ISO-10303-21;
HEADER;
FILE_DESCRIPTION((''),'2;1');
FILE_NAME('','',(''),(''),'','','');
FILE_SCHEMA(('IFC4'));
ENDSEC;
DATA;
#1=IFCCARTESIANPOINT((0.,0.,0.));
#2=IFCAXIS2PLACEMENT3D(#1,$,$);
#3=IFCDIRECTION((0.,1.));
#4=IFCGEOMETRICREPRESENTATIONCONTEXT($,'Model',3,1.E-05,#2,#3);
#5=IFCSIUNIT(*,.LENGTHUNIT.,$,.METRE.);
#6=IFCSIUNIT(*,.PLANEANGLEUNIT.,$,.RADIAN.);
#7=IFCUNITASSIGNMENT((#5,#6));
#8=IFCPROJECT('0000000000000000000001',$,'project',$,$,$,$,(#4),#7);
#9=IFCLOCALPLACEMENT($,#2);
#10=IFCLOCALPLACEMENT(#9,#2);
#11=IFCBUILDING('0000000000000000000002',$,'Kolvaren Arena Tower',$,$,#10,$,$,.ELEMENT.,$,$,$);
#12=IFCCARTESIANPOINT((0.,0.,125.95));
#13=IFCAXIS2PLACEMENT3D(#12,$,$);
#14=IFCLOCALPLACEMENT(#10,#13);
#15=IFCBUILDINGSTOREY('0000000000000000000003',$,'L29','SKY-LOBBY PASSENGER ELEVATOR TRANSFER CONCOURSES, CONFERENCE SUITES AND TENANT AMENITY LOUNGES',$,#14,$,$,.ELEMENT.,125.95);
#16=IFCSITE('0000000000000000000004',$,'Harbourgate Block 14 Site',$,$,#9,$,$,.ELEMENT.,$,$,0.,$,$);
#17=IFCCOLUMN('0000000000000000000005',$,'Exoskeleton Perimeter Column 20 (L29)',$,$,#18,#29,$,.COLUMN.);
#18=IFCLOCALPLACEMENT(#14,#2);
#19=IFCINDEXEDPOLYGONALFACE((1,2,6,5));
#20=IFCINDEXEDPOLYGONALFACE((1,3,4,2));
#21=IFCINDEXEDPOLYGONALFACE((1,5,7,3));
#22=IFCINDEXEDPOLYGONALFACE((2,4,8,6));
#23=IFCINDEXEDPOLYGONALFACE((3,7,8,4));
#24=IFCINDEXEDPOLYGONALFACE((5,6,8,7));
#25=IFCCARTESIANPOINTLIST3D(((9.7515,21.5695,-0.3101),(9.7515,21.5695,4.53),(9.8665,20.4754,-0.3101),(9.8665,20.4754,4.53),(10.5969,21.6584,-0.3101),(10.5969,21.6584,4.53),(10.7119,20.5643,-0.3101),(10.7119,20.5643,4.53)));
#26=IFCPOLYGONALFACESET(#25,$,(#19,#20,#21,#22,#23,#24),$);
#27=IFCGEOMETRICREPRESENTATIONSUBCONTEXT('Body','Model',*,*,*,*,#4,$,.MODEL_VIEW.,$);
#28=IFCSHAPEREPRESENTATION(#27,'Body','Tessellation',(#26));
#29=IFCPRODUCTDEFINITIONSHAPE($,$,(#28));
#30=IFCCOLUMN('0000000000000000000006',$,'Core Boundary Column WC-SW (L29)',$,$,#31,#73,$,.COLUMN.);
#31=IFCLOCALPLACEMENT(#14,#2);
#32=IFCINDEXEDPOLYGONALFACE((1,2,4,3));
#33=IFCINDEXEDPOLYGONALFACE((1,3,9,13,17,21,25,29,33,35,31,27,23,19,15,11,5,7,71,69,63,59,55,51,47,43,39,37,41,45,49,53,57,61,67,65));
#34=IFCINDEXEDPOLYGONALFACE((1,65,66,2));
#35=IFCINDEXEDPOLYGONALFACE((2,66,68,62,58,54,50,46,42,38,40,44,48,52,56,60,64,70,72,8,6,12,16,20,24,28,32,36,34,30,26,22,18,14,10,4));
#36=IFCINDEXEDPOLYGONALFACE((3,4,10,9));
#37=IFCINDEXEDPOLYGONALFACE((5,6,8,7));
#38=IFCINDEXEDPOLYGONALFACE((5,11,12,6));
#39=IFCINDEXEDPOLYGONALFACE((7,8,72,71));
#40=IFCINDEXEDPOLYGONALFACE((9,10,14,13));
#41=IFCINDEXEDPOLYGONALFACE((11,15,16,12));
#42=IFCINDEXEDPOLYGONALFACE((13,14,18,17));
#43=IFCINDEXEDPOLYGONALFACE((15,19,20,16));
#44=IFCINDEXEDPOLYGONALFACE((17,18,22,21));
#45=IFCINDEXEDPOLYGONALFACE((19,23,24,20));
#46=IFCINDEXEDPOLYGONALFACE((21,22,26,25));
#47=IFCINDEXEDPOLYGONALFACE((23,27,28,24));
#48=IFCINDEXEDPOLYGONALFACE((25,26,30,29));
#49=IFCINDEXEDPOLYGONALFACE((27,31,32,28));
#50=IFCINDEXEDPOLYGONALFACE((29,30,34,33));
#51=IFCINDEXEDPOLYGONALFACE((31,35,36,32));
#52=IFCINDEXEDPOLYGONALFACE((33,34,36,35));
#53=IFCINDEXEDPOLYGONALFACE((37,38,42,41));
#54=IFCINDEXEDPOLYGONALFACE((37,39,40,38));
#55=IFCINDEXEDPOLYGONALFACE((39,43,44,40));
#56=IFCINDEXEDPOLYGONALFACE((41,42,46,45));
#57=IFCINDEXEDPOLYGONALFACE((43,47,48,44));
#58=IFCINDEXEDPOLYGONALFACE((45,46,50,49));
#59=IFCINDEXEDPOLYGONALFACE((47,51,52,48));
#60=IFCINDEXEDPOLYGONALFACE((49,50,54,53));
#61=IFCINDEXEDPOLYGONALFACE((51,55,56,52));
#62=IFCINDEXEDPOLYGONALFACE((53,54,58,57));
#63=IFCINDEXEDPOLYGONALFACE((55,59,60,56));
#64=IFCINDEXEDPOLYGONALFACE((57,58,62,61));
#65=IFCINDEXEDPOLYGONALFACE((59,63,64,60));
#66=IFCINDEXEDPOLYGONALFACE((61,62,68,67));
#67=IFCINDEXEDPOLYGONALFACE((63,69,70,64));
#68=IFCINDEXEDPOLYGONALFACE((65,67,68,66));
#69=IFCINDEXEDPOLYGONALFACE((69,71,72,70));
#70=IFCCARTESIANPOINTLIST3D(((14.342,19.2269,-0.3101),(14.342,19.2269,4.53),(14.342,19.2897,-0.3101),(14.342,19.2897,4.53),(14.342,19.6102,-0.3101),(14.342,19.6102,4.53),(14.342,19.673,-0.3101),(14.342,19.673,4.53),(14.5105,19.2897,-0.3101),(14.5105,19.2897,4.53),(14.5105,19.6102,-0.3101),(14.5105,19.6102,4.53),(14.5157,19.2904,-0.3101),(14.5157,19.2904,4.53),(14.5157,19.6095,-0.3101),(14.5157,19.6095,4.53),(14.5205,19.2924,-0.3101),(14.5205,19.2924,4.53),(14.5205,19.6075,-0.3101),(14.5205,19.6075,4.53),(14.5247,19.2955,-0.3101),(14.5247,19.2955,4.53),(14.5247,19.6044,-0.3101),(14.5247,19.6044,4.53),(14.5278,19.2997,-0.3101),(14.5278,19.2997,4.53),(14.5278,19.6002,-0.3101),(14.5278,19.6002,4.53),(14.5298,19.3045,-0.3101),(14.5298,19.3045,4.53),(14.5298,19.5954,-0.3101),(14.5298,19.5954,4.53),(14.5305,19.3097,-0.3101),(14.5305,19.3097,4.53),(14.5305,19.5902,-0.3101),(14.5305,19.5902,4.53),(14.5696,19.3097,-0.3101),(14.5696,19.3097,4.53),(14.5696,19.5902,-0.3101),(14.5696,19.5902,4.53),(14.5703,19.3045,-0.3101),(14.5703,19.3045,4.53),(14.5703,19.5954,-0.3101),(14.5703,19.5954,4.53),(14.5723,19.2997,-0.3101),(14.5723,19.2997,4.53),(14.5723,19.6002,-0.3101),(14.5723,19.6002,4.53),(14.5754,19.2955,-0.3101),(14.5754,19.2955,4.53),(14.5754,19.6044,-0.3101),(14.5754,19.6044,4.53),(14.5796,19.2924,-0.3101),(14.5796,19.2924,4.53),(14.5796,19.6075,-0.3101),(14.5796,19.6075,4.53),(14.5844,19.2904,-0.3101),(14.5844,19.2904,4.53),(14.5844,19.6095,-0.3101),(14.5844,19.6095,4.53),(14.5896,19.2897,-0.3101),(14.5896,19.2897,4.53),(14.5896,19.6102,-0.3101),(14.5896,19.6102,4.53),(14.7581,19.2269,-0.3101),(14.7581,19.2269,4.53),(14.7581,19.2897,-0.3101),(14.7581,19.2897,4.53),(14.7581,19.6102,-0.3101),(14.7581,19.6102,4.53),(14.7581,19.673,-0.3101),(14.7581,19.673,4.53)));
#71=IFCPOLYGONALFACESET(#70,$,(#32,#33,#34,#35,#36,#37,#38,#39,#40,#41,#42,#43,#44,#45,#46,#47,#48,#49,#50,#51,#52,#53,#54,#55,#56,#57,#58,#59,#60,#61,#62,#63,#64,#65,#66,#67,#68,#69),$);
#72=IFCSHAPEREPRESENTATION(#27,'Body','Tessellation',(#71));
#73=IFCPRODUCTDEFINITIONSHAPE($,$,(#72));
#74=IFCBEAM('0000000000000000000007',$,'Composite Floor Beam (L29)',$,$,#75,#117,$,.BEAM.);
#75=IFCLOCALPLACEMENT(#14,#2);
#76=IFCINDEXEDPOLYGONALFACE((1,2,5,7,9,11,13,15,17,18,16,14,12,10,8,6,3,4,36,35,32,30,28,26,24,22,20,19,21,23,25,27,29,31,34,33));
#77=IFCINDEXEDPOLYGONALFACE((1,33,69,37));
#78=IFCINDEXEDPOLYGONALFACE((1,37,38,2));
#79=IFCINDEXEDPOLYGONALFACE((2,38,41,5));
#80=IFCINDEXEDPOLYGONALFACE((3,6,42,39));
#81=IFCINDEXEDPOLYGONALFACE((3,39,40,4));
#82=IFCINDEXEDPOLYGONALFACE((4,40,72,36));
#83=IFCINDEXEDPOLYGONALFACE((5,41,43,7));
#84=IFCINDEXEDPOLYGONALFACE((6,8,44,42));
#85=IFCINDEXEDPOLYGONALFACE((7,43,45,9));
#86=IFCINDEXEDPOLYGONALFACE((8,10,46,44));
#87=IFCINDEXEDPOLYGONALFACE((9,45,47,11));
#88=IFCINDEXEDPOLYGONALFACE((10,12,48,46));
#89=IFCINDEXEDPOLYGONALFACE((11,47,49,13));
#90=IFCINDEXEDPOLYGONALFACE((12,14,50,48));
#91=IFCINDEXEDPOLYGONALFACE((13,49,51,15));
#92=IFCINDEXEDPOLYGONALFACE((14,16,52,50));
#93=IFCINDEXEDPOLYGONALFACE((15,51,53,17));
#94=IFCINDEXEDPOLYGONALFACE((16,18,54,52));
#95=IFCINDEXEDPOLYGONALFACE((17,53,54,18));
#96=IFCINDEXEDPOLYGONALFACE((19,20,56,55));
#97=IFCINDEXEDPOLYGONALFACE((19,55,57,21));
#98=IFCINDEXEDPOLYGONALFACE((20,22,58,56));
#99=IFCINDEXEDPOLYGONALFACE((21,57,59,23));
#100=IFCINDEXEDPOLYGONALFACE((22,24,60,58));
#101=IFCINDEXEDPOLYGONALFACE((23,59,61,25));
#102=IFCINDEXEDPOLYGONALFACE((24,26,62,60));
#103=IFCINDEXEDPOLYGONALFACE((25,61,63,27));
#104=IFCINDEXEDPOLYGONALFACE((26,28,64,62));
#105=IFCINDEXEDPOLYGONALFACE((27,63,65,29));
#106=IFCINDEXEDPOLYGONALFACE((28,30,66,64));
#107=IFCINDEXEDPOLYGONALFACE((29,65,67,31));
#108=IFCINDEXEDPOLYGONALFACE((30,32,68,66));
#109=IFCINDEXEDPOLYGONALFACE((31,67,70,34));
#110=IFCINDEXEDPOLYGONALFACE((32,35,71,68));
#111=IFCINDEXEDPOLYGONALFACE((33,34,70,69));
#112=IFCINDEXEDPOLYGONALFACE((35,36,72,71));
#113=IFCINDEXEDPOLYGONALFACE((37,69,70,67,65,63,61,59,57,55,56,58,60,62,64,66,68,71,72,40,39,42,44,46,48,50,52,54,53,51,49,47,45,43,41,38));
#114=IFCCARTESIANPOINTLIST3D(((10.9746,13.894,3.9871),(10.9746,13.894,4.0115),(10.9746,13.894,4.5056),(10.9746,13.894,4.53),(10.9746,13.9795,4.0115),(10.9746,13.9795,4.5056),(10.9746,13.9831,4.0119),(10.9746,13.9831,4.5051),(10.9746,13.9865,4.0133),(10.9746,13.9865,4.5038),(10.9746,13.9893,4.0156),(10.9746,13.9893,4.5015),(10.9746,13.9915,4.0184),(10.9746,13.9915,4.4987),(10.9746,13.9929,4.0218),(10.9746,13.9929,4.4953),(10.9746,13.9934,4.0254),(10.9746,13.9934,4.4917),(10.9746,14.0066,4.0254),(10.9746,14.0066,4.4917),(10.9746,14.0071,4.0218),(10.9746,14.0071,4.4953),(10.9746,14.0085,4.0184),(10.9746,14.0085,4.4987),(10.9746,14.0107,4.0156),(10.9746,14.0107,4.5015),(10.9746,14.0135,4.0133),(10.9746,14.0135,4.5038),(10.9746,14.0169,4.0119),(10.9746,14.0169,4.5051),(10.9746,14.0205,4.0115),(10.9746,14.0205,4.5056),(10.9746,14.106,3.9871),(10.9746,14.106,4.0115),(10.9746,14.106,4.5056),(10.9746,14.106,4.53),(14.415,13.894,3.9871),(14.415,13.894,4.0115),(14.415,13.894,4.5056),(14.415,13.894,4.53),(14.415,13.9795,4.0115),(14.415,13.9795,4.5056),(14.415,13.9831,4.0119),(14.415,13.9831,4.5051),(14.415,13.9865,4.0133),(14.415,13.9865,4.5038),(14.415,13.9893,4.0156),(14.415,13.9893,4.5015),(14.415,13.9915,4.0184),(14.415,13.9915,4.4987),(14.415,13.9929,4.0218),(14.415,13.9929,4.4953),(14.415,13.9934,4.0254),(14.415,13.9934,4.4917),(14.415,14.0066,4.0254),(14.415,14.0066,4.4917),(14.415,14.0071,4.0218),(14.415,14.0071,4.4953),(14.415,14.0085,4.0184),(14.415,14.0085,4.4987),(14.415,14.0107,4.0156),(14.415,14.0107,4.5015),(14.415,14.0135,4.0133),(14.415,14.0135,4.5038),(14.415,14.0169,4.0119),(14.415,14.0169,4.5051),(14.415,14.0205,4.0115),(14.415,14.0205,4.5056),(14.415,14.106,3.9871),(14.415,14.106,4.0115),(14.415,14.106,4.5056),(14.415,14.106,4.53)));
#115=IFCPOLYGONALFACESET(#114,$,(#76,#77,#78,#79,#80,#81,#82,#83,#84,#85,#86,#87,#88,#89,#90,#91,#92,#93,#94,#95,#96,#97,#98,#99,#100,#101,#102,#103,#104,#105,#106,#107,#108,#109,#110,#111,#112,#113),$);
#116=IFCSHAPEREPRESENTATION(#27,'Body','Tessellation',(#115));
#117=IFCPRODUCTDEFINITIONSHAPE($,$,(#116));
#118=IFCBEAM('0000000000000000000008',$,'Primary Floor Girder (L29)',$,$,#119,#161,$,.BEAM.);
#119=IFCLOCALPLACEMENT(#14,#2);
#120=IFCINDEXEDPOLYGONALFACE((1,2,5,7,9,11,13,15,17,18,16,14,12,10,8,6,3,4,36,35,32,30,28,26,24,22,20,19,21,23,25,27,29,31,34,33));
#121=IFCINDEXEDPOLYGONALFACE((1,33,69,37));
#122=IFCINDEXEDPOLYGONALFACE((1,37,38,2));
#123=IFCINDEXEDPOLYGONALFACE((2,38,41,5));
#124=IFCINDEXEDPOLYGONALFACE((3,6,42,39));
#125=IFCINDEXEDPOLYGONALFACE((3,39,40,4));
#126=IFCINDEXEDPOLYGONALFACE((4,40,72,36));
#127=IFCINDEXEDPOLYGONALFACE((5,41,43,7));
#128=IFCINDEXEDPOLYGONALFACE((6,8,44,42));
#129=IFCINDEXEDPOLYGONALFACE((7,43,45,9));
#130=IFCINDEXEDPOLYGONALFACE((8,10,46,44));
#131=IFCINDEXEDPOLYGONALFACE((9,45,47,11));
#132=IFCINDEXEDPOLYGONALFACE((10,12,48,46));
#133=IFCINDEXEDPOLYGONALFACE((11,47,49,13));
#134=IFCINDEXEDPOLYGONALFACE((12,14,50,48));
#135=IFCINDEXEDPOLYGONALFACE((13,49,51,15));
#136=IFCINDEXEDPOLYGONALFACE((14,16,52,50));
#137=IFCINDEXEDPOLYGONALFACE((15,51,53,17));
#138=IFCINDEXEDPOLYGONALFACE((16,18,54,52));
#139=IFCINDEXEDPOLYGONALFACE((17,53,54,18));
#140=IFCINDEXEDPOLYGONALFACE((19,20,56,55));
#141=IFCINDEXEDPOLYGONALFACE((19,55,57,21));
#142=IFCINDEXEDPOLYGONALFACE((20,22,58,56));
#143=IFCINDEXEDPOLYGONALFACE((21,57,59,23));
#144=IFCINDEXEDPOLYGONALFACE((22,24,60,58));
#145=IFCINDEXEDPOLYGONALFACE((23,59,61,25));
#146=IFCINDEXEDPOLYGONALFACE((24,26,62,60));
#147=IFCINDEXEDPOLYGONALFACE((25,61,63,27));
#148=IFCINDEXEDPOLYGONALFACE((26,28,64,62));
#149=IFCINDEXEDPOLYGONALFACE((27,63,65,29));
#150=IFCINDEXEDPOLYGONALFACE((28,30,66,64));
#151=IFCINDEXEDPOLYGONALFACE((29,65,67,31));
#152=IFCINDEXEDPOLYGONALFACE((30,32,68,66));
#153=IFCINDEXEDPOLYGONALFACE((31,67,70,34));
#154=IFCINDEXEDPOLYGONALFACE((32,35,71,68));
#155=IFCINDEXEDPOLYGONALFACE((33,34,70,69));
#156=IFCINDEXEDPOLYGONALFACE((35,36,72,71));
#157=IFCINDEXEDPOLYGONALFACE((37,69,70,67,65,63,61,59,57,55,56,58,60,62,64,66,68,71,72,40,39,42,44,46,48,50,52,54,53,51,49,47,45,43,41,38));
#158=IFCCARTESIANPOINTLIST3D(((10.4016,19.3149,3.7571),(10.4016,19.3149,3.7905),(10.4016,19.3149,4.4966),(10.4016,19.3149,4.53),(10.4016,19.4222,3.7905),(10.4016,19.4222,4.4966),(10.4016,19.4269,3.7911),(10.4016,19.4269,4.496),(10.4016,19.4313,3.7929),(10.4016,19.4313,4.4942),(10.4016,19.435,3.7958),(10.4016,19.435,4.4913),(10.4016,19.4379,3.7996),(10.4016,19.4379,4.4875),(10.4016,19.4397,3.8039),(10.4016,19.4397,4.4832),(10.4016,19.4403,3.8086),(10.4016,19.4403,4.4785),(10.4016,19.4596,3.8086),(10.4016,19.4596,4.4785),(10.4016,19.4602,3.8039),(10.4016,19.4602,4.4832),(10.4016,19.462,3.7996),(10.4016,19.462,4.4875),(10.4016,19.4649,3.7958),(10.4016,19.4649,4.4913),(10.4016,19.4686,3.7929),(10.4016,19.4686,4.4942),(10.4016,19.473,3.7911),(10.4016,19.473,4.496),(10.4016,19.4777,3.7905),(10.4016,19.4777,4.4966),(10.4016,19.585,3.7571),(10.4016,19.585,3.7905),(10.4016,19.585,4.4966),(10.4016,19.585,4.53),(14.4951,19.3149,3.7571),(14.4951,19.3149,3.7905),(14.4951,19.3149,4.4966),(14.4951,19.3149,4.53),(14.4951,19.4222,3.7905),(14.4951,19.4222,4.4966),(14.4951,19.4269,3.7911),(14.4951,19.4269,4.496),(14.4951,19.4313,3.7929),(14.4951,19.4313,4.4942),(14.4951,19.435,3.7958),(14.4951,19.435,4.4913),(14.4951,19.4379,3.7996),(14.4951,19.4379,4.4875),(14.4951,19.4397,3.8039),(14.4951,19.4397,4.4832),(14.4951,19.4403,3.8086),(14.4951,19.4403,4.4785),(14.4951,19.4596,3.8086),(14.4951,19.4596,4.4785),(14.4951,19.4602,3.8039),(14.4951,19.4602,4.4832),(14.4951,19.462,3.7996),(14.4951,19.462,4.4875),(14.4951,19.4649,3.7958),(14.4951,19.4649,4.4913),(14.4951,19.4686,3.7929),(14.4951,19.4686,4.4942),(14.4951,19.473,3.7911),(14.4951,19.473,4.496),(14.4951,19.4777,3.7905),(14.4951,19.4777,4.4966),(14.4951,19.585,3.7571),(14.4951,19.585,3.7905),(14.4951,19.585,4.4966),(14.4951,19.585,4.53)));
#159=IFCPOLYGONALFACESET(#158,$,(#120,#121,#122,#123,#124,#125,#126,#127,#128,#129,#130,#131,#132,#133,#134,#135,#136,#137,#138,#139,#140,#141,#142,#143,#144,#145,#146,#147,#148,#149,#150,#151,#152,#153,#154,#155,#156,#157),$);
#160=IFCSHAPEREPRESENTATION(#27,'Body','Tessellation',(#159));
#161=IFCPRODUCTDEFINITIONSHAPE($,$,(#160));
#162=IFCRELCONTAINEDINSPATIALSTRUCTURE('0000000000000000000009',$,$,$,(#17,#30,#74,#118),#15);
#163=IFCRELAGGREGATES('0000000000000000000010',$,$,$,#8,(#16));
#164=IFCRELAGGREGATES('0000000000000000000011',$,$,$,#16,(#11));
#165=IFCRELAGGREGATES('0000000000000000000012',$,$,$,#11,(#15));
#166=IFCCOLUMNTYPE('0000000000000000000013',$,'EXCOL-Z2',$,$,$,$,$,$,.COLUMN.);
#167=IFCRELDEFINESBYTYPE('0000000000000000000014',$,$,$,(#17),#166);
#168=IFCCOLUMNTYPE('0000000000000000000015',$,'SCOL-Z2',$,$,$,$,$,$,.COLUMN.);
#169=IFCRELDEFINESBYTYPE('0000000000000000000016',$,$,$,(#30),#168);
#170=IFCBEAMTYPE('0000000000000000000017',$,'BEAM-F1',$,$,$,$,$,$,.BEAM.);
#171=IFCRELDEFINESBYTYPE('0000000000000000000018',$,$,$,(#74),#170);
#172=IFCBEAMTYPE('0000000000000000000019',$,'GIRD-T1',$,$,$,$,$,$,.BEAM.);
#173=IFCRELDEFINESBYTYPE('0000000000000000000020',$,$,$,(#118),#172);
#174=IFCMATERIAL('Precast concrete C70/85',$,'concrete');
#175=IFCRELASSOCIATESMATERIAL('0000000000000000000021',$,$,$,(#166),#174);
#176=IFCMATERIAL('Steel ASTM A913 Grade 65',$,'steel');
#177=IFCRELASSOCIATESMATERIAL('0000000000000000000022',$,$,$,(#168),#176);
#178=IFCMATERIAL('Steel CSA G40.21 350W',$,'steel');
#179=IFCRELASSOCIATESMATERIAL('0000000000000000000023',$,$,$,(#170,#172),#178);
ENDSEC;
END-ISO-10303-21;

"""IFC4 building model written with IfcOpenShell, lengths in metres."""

from ifc_helpers import new_model, si_unit, direction, frame, origin, origin_2d, place, context, subcontext, project, spatial, rectangle, i_section, extrude, material, material_profile, profile_set, type_object, element, save


model = new_model("IFC4")

# Units and contexts
model_context = context("Model", 3, precision=1e-05, world=origin(), true_north=direction((0.0, 1.0)))
body_context = subcontext(model_context, "Body", "Model", "MODEL_VIEW")
ifc_project = project(units=[si_unit("LENGTHUNIT", "METRE"), si_unit("PLANEANGLEUNIT", "RADIAN")], contexts=[model_context])

# Site, building, storey
site_placement = place(None, origin())
site = spatial("IfcSite", under=ifc_project, at=site_placement, Name="Harbourgate Block 14 Site", CompositionType="ELEMENT", RefElevation=0.0)
building_placement = place(site_placement, origin())
building = spatial("IfcBuilding", under=site, at=building_placement, Name="Kolvaren Arena Tower", CompositionType="ELEMENT")
storey_placement = place(building_placement, frame((0.0, 0.0, 125.95)))
storey = spatial("IfcBuildingStorey", under=building, at=storey_placement, Name="L29", Description="SKY-LOBBY PASSENGER ELEVATOR TRANSFER CONCOURSES, CONFERENCE SUITES AND TENANT AMENITY LOUNGES", CompositionType="ELEMENT", Elevation=125.95)

# Columns
ifc_material_1 = material(Name="Precast concrete C70/85", Category="concrete")
ifc_material_profile_1 = material_profile(ifc_material_1, rectangle(XDim=1.1001, YDim=0.8501, at=origin_2d()), Name="RC-1100x850")
ifc_profile_set_1 = profile_set([ifc_material_profile_1], Name="Precast concrete C70/85")
column_type_1 = type_object("IfcColumnType", Name="EXCOL-Z2", PredefinedType="COLUMN", material=ifc_profile_set_1)
column_1_placement = place(storey_placement, frame((10.2317, 21.0669, -0.3101), z_axis=(0.0, 0.0, 1.0), x_axis=(-0.104528, 0.994522, 0.0)))
element("IfcColumn", 1, at=column_1_placement, inside=storey, type_object=column_type_1, Name="Exoskeleton Perimeter Column 20 (L29)", PredefinedType="COLUMN", context=body_context, shape_type="SweptSolid", body=[
    extrude(rectangle(XDim=1.1001, YDim=0.8501, at=origin_2d()), origin(), (0.0, 0.0, 1.0), 4.8401),
])
ifc_material_2 = material(Name="Steel ASTM A913 Grade 65", Category="steel")
ifc_material_profile_2 = material_profile(ifc_material_2, i_section(OverallWidth=0.416, OverallDepth=0.446, WebThickness=0.0391, FlangeThickness=0.0627, FilletRadius=0.02, at=origin_2d()), Name="W360x509")
ifc_profile_set_2 = profile_set([ifc_material_profile_2], Name="Steel ASTM A913 Grade 65")
column_type_2 = type_object("IfcColumnType", Name="SCOL-Z2", PredefinedType="COLUMN", material=ifc_profile_set_2)
column_2_placement = place(storey_placement, frame((14.55, 19.45, -0.3101), z_axis=(0.0, 0.0, 1.0), x_axis=(1.0, 0.0, 0.0)))
element("IfcColumn", 2, at=column_2_placement, inside=storey, type_object=column_type_2, Name="Core Boundary Column WC-SW (L29)", PredefinedType="COLUMN", context=body_context, shape_type="SweptSolid", body=[
    extrude(i_section(OverallWidth=0.416, OverallDepth=0.446, WebThickness=0.0391, FlangeThickness=0.0627, FilletRadius=0.02, at=origin_2d()), origin(), (0.0, 0.0, 1.0), 4.8401),
])

# Beams
ifc_material_3 = material(Name="Steel CSA G40.21 350W", Category="steel")
ifc_material_profile_3 = material_profile(ifc_material_3, i_section(OverallWidth=0.2119, OverallDepth=0.543, WebThickness=0.0132, FlangeThickness=0.0244, FilletRadius=0.0139, at=origin_2d()), Name="W530x150")
ifc_profile_set_3 = profile_set([ifc_material_profile_3], Name="Steel CSA G40.21 350W")
beam_type_1 = type_object("IfcBeamType", Name="BEAM-F1", PredefinedType="BEAM", material=ifc_profile_set_3)
beam_1_placement = place(storey_placement, frame((10.9746, 14.0, 4.2585), z_axis=(1.0, 0.0, 0.0), x_axis=(0.0, 1.0, 0.0)))
element("IfcBeam", 3, at=beam_1_placement, inside=storey, type_object=beam_type_1, Name="Composite Floor Beam (L29)", PredefinedType="BEAM", context=body_context, shape_type="SweptSolid", body=[
    extrude(i_section(OverallWidth=0.2119, OverallDepth=0.543, WebThickness=0.0132, FlangeThickness=0.0244, FilletRadius=0.0139, at=origin_2d()), origin(), (0.0, 0.0, 1.0), 3.4404),
])
ifc_material_profile_4 = material_profile(ifc_material_3, i_section(OverallWidth=0.27, OverallDepth=0.7729, WebThickness=0.0193, FlangeThickness=0.0334, FilletRadius=0.0181, at=origin_2d()), Name="W760x257")
ifc_profile_set_4 = profile_set([ifc_material_profile_4], Name="Steel CSA G40.21 350W")
beam_type_2 = type_object("IfcBeamType", Name="GIRD-T1", PredefinedType="BEAM", material=ifc_profile_set_4)
beam_2_placement = place(storey_placement, frame((10.4016, 19.45, 4.1436), z_axis=(1.0, 0.0, 0.0), x_axis=(0.0, 1.0, 0.0)))
element("IfcBeam", 4, at=beam_2_placement, inside=storey, type_object=beam_type_2, Name="Primary Floor Girder (L29)", PredefinedType="BEAM", context=body_context, shape_type="SweptSolid", body=[
    extrude(i_section(OverallWidth=0.27, OverallDepth=0.7729, WebThickness=0.0193, FlangeThickness=0.0334, FilletRadius=0.0181, at=origin_2d()), origin(), (0.0, 0.0, 1.0), 4.0935),
])

save(model, "model.ifc")
